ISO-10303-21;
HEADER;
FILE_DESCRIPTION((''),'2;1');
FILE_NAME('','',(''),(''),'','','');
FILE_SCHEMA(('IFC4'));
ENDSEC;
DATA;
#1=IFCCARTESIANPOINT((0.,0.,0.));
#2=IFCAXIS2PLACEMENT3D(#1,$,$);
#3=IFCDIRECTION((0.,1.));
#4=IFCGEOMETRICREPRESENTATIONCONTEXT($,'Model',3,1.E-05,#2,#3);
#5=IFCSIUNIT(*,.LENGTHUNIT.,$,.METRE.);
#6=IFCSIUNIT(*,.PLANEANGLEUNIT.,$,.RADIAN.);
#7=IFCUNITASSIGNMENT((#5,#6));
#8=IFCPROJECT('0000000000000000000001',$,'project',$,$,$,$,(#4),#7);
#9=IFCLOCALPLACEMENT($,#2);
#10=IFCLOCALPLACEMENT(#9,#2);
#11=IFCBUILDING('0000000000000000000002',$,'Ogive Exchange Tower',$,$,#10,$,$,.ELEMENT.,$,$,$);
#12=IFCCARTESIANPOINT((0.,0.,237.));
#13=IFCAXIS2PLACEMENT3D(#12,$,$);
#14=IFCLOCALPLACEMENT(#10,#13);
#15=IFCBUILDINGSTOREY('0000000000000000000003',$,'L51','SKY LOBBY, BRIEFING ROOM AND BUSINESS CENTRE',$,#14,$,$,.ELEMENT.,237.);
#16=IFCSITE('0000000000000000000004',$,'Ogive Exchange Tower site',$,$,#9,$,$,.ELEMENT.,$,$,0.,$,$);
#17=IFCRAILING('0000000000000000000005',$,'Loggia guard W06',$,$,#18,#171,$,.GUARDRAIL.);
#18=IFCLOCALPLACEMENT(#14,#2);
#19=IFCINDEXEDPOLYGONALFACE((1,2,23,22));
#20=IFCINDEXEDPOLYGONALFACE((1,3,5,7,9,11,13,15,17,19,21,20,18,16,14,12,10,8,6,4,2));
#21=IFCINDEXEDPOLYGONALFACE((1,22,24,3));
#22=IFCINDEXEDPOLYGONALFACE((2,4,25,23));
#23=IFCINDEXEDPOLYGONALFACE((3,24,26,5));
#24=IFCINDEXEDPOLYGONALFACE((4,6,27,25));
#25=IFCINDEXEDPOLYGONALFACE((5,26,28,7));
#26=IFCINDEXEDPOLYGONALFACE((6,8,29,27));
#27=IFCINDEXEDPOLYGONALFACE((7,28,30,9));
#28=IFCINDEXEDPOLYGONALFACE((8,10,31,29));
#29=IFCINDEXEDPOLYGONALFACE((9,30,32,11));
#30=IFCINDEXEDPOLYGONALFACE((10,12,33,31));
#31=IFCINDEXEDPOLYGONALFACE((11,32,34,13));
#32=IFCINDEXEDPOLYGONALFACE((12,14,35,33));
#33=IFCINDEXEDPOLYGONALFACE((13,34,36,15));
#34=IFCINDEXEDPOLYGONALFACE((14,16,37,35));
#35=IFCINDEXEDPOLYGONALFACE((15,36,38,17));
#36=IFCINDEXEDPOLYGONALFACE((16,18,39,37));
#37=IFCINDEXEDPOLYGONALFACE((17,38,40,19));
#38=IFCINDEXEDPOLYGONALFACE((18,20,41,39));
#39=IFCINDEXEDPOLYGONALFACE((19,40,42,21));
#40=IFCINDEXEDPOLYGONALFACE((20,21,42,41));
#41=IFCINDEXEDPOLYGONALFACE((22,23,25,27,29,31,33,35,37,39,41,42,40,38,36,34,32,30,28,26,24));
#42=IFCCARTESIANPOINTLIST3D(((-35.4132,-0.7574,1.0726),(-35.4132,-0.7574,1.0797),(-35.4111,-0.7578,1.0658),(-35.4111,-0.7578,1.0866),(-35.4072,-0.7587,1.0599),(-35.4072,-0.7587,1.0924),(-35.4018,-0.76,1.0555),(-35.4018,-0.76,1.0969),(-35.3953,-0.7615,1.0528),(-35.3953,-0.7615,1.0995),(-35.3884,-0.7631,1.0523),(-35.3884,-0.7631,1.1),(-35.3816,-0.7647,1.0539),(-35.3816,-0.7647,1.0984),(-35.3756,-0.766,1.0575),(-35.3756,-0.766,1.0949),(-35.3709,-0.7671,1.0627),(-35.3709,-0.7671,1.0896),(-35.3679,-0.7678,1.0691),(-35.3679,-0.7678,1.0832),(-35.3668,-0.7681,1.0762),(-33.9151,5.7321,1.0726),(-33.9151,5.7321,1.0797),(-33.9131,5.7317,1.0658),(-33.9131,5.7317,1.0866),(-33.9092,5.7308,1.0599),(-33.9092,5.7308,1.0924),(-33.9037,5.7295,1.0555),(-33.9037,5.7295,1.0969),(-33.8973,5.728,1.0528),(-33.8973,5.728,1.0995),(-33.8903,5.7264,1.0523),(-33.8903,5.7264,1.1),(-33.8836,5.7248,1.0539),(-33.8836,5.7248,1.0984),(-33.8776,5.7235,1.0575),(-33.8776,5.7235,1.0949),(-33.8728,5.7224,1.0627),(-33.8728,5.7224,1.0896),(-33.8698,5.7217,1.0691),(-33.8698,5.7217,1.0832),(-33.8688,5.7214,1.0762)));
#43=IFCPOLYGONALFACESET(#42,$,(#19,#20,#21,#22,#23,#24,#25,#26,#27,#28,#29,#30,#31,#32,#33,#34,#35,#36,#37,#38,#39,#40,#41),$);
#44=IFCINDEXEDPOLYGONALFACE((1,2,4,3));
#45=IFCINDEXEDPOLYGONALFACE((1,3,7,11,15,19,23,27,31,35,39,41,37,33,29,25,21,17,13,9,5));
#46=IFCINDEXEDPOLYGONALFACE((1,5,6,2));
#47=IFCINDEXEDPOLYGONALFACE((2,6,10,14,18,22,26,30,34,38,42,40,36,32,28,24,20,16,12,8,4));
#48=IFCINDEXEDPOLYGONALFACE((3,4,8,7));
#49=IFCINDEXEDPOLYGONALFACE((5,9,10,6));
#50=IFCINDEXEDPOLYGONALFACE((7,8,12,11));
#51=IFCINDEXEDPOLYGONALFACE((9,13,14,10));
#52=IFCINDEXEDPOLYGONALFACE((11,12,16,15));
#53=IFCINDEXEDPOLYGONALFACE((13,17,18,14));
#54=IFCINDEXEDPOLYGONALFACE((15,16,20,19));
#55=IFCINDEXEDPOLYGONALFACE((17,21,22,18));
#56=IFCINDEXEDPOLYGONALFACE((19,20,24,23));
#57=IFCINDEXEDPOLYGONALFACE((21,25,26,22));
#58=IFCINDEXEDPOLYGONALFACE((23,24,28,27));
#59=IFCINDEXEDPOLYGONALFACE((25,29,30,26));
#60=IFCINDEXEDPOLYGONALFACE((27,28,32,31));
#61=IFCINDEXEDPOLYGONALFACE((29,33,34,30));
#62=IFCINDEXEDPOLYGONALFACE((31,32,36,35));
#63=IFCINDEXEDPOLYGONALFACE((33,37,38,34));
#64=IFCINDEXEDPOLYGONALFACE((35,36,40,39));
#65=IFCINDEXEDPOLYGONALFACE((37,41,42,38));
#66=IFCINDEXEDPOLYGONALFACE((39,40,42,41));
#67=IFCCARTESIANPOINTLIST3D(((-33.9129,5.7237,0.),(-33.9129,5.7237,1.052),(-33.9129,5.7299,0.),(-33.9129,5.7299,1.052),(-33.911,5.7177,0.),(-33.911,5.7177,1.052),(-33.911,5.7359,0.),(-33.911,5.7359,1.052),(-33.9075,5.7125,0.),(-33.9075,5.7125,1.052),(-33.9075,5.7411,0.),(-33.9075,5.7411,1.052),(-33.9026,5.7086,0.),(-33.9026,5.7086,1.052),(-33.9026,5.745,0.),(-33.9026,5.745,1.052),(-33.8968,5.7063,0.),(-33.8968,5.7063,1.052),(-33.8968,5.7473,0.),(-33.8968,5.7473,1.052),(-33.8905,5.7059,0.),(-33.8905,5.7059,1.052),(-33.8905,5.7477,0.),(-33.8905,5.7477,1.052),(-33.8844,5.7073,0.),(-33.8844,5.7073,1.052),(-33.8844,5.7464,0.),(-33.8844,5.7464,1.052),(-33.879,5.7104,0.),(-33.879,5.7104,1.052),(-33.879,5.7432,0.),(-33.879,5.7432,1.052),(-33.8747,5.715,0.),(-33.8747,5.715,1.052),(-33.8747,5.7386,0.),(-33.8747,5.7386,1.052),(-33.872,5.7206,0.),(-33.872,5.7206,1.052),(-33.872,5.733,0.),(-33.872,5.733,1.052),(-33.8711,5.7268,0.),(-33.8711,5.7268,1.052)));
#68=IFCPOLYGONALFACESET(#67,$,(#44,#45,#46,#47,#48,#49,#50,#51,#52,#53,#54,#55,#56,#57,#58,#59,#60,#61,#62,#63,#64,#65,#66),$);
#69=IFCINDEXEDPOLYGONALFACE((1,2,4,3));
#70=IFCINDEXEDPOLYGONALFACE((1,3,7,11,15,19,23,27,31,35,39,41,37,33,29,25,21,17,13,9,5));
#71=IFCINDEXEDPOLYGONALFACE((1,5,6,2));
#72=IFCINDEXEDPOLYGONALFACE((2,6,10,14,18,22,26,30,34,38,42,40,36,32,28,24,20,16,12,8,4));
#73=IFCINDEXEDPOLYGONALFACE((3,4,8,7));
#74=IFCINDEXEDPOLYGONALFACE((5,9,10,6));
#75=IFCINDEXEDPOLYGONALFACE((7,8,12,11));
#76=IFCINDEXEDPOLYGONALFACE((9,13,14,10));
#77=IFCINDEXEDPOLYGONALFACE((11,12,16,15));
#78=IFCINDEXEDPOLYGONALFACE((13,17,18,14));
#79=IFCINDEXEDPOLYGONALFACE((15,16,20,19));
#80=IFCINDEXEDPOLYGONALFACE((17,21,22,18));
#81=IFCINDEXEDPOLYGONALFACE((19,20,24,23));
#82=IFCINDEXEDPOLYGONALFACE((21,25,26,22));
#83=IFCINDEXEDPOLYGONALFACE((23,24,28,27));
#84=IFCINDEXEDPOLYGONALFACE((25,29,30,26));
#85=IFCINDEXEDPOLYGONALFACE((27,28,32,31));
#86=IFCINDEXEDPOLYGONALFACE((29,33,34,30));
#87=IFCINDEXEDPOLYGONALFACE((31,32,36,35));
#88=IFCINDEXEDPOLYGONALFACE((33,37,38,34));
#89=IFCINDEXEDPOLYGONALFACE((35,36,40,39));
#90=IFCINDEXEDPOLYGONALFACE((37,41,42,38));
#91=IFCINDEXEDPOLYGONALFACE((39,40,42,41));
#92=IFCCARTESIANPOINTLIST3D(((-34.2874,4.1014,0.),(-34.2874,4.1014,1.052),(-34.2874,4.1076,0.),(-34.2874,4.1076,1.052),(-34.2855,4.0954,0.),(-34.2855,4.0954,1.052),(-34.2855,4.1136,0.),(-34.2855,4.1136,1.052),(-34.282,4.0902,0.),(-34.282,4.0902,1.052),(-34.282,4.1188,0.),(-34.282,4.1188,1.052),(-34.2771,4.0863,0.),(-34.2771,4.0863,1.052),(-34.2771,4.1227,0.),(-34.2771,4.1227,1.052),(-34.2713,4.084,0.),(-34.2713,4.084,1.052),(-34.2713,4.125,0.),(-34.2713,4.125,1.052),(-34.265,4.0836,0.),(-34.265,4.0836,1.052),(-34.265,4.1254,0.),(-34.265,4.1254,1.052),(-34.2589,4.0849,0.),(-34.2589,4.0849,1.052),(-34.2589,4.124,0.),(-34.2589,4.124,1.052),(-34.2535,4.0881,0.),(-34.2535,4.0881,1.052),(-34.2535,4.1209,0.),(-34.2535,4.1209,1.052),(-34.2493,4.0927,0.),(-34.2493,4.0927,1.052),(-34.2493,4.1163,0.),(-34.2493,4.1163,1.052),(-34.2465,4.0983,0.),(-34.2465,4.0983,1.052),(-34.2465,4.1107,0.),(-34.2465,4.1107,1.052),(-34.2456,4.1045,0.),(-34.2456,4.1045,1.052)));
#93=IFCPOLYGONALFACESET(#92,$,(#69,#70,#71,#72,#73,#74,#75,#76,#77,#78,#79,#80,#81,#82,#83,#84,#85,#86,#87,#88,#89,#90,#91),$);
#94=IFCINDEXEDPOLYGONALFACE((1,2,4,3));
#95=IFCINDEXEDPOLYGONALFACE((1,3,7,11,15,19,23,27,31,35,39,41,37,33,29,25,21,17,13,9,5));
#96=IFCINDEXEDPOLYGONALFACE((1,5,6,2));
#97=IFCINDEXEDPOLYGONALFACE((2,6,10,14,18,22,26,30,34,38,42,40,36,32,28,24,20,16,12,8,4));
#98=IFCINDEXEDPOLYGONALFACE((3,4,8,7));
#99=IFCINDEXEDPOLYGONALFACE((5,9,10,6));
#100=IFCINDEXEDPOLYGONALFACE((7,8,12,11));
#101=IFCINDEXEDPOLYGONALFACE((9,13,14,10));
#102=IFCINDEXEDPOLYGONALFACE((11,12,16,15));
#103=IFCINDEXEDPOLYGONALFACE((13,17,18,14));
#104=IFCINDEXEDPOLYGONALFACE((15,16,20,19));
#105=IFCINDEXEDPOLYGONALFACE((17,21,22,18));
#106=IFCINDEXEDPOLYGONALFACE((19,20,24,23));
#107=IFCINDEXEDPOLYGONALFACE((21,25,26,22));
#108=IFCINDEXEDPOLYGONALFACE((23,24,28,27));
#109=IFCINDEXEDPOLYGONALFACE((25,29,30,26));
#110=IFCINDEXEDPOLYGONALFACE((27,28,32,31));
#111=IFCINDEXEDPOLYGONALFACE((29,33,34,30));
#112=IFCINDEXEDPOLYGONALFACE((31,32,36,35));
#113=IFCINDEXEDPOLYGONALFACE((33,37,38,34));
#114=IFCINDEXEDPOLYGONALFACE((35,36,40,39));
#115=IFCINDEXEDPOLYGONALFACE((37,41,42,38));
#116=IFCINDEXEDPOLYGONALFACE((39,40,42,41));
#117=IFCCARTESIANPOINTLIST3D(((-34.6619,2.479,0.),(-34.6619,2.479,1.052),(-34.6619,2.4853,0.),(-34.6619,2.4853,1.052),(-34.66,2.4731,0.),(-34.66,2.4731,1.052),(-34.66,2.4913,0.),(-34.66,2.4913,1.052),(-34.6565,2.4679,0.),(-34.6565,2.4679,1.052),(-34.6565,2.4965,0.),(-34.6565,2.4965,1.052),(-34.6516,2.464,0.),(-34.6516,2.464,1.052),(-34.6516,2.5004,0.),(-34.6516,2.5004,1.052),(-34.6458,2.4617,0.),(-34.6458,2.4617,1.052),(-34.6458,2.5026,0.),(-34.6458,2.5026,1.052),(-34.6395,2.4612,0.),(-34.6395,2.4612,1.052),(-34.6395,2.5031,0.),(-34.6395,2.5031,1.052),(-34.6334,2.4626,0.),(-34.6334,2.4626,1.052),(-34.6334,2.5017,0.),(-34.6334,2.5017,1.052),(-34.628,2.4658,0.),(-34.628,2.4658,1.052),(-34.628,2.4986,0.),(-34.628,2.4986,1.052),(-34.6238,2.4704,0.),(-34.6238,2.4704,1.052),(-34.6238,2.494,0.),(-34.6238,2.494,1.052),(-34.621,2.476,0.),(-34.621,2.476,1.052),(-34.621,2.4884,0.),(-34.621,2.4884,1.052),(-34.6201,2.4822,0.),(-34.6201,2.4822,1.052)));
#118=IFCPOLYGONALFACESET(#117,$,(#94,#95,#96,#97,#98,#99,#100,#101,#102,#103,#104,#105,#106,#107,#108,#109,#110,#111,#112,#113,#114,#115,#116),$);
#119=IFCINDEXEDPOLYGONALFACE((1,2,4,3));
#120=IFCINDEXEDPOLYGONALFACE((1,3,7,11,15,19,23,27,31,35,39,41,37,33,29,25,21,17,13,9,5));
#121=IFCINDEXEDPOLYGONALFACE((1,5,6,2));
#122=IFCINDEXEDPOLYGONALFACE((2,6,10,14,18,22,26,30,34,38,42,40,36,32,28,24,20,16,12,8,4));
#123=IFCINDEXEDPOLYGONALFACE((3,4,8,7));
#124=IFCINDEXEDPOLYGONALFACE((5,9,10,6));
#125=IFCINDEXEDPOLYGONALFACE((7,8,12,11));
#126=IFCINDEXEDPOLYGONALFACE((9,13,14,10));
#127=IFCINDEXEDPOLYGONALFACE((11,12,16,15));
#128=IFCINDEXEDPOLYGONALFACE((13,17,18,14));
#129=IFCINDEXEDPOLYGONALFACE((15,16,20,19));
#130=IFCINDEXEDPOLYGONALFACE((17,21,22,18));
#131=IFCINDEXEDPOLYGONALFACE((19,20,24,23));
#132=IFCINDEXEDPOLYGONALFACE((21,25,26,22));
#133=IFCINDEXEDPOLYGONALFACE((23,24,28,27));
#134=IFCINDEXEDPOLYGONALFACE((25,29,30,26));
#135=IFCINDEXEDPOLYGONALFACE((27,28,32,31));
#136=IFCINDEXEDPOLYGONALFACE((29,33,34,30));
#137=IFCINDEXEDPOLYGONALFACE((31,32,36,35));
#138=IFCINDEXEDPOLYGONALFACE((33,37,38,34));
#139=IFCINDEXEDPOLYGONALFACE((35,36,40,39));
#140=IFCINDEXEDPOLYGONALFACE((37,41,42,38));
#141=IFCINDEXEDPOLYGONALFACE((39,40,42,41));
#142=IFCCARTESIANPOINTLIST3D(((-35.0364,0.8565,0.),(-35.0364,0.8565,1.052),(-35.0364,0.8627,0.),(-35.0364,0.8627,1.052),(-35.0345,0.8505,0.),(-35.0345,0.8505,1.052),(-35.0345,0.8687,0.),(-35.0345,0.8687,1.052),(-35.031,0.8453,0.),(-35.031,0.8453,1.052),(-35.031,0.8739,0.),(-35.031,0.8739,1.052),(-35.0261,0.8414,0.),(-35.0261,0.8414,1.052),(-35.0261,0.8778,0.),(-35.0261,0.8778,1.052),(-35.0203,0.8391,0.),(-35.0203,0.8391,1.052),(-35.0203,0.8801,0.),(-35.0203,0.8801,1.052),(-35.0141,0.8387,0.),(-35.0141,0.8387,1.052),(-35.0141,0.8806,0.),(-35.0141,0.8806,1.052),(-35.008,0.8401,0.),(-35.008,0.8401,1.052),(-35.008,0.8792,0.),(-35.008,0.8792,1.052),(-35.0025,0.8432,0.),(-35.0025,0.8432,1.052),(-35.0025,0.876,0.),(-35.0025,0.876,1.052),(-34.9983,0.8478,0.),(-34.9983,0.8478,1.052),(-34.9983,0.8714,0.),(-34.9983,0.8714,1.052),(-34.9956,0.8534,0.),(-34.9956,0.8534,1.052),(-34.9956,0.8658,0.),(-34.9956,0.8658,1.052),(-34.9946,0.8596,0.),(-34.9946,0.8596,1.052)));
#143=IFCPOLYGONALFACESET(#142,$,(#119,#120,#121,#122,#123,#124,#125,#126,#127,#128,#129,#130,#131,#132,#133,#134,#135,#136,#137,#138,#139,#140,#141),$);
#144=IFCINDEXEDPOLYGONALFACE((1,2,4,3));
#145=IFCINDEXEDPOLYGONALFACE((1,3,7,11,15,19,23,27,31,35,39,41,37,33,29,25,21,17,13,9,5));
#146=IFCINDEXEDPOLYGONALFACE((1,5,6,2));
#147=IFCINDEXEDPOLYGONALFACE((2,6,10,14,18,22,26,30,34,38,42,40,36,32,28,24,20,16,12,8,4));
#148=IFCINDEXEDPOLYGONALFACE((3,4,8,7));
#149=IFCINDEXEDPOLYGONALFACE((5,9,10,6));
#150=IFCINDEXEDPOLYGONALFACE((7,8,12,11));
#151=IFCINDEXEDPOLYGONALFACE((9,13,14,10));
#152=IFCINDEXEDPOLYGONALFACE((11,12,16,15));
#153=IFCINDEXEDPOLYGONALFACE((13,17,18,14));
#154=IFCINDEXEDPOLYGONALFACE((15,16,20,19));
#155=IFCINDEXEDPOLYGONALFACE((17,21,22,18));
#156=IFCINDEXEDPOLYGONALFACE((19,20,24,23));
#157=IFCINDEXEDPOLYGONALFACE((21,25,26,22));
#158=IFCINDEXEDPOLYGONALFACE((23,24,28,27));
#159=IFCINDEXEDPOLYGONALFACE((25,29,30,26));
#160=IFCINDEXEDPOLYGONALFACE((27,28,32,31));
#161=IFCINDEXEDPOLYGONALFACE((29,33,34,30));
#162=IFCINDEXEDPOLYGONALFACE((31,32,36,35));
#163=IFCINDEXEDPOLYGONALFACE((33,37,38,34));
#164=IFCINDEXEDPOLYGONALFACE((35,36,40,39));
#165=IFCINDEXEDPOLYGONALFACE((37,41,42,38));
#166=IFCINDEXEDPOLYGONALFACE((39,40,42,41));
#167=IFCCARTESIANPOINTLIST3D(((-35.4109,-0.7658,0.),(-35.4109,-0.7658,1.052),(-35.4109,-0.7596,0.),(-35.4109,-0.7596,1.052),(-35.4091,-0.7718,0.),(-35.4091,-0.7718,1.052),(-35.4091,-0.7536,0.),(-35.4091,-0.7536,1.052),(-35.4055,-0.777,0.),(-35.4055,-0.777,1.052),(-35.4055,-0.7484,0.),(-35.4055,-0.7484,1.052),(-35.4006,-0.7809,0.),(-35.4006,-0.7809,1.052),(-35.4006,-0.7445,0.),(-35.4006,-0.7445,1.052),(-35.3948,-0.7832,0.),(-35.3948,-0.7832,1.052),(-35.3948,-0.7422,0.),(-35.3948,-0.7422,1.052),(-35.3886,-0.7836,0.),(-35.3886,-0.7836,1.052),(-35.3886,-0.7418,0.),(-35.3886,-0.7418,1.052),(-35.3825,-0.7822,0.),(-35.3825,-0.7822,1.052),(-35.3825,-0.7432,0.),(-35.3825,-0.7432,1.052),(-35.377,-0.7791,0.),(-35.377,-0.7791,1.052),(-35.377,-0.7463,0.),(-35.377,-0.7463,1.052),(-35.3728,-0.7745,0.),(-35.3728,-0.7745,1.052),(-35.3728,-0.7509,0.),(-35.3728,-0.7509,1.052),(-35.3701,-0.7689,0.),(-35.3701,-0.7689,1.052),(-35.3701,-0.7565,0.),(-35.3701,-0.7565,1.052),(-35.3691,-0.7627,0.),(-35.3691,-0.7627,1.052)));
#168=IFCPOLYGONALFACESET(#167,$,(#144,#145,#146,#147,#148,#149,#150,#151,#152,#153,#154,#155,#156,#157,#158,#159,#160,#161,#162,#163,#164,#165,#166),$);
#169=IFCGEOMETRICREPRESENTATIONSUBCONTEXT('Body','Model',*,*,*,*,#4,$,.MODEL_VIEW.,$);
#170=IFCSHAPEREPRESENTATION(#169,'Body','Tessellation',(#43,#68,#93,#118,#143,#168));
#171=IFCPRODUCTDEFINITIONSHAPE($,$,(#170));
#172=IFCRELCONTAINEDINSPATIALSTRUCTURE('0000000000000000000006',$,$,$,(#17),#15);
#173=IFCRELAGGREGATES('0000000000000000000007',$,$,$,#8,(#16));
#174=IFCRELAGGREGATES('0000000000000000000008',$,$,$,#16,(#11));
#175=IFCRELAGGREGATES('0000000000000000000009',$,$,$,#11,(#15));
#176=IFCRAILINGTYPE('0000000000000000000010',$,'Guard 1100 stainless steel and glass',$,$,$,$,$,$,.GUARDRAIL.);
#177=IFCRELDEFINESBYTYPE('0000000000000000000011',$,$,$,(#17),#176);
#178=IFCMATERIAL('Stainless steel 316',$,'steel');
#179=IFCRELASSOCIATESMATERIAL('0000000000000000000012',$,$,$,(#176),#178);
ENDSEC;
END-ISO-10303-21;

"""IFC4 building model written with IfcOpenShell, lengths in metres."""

from ifc_helpers import new_model, si_unit, direction, frame, origin, origin_2d, place, context, subcontext, project, spatial, circle, extrude, material, type_object, element, save


model = new_model("IFC4")

# Units and contexts
model_context = context("Model", 3, precision=1e-05, world=origin(), true_north=direction((0.0, 1.0)))
body_context = subcontext(model_context, "Body", "Model", "MODEL_VIEW")
ifc_project = project(units=[si_unit("LENGTHUNIT", "METRE"), si_unit("PLANEANGLEUNIT", "RADIAN")], contexts=[model_context])

# Site, building, storey
site_placement = place(None, origin())
site = spatial("IfcSite", under=ifc_project, at=site_placement, Name="Ogive Exchange Tower site", CompositionType="ELEMENT", RefElevation=0.0)
building_placement = place(site_placement, origin())
building = spatial("IfcBuilding", under=site, at=building_placement, Name="Ogive Exchange Tower", CompositionType="ELEMENT")
storey_placement = place(building_placement, frame((0.0, 0.0, 237.0)))
storey = spatial("IfcBuildingStorey", under=building, at=storey_placement, Name="L51", Description="SKY LOBBY, BRIEFING ROOM AND BUSINESS CENTRE", CompositionType="ELEMENT", Elevation=237.0)

# Railing
ifc_material_1 = material(Name="Stainless steel 316", Category="steel")
railing_type_1 = type_object("IfcRailingType", Name="Guard 1100 stainless steel and glass", PredefinedType="GUARDRAIL", material=ifc_material_1)
for number, where, name in (
    (1, (-33.8921, 5.7268, 0.0), "Loggia guard W06"),
):
    element("IfcRailing", number, at=place(storey_placement, frame(where)), inside=storey, type_object=railing_type_1, Name=name, PredefinedType="GUARDRAIL", context=body_context, shape_type="SweptSolid", body=[
        extrude(circle(Radius=0.0239, at=origin_2d()), frame((0.0, 0.0, 1.0762), z_axis=(-0.224926, -0.974376, 0.0), x_axis=(0.974376, -0.224926, 0.0)), (0.0, 0.0, 1.0), 6.6602),
        extrude(circle(Radius=0.021, at=origin_2d()), origin(), (0.0, 0.0, 1.0), 1.052),
        extrude(circle(Radius=0.021, at=origin_2d()), frame((-0.3745, -1.6223, 0.0)), (0.0, 0.0, 1.0), 1.052),
        extrude(circle(Radius=0.021, at=origin_2d()), frame((-0.749, -3.2446, 0.0)), (0.0, 0.0, 1.0), 1.052),
        extrude(circle(Radius=0.021, at=origin_2d()), frame((-1.1235, -4.8672, 0.0)), (0.0, 0.0, 1.0), 1.052),
        extrude(circle(Radius=0.021, at=origin_2d()), frame((-1.498, -6.4895, 0.0)), (0.0, 0.0, 1.0), 1.052),
    ])

save(model, "model.ifc")
